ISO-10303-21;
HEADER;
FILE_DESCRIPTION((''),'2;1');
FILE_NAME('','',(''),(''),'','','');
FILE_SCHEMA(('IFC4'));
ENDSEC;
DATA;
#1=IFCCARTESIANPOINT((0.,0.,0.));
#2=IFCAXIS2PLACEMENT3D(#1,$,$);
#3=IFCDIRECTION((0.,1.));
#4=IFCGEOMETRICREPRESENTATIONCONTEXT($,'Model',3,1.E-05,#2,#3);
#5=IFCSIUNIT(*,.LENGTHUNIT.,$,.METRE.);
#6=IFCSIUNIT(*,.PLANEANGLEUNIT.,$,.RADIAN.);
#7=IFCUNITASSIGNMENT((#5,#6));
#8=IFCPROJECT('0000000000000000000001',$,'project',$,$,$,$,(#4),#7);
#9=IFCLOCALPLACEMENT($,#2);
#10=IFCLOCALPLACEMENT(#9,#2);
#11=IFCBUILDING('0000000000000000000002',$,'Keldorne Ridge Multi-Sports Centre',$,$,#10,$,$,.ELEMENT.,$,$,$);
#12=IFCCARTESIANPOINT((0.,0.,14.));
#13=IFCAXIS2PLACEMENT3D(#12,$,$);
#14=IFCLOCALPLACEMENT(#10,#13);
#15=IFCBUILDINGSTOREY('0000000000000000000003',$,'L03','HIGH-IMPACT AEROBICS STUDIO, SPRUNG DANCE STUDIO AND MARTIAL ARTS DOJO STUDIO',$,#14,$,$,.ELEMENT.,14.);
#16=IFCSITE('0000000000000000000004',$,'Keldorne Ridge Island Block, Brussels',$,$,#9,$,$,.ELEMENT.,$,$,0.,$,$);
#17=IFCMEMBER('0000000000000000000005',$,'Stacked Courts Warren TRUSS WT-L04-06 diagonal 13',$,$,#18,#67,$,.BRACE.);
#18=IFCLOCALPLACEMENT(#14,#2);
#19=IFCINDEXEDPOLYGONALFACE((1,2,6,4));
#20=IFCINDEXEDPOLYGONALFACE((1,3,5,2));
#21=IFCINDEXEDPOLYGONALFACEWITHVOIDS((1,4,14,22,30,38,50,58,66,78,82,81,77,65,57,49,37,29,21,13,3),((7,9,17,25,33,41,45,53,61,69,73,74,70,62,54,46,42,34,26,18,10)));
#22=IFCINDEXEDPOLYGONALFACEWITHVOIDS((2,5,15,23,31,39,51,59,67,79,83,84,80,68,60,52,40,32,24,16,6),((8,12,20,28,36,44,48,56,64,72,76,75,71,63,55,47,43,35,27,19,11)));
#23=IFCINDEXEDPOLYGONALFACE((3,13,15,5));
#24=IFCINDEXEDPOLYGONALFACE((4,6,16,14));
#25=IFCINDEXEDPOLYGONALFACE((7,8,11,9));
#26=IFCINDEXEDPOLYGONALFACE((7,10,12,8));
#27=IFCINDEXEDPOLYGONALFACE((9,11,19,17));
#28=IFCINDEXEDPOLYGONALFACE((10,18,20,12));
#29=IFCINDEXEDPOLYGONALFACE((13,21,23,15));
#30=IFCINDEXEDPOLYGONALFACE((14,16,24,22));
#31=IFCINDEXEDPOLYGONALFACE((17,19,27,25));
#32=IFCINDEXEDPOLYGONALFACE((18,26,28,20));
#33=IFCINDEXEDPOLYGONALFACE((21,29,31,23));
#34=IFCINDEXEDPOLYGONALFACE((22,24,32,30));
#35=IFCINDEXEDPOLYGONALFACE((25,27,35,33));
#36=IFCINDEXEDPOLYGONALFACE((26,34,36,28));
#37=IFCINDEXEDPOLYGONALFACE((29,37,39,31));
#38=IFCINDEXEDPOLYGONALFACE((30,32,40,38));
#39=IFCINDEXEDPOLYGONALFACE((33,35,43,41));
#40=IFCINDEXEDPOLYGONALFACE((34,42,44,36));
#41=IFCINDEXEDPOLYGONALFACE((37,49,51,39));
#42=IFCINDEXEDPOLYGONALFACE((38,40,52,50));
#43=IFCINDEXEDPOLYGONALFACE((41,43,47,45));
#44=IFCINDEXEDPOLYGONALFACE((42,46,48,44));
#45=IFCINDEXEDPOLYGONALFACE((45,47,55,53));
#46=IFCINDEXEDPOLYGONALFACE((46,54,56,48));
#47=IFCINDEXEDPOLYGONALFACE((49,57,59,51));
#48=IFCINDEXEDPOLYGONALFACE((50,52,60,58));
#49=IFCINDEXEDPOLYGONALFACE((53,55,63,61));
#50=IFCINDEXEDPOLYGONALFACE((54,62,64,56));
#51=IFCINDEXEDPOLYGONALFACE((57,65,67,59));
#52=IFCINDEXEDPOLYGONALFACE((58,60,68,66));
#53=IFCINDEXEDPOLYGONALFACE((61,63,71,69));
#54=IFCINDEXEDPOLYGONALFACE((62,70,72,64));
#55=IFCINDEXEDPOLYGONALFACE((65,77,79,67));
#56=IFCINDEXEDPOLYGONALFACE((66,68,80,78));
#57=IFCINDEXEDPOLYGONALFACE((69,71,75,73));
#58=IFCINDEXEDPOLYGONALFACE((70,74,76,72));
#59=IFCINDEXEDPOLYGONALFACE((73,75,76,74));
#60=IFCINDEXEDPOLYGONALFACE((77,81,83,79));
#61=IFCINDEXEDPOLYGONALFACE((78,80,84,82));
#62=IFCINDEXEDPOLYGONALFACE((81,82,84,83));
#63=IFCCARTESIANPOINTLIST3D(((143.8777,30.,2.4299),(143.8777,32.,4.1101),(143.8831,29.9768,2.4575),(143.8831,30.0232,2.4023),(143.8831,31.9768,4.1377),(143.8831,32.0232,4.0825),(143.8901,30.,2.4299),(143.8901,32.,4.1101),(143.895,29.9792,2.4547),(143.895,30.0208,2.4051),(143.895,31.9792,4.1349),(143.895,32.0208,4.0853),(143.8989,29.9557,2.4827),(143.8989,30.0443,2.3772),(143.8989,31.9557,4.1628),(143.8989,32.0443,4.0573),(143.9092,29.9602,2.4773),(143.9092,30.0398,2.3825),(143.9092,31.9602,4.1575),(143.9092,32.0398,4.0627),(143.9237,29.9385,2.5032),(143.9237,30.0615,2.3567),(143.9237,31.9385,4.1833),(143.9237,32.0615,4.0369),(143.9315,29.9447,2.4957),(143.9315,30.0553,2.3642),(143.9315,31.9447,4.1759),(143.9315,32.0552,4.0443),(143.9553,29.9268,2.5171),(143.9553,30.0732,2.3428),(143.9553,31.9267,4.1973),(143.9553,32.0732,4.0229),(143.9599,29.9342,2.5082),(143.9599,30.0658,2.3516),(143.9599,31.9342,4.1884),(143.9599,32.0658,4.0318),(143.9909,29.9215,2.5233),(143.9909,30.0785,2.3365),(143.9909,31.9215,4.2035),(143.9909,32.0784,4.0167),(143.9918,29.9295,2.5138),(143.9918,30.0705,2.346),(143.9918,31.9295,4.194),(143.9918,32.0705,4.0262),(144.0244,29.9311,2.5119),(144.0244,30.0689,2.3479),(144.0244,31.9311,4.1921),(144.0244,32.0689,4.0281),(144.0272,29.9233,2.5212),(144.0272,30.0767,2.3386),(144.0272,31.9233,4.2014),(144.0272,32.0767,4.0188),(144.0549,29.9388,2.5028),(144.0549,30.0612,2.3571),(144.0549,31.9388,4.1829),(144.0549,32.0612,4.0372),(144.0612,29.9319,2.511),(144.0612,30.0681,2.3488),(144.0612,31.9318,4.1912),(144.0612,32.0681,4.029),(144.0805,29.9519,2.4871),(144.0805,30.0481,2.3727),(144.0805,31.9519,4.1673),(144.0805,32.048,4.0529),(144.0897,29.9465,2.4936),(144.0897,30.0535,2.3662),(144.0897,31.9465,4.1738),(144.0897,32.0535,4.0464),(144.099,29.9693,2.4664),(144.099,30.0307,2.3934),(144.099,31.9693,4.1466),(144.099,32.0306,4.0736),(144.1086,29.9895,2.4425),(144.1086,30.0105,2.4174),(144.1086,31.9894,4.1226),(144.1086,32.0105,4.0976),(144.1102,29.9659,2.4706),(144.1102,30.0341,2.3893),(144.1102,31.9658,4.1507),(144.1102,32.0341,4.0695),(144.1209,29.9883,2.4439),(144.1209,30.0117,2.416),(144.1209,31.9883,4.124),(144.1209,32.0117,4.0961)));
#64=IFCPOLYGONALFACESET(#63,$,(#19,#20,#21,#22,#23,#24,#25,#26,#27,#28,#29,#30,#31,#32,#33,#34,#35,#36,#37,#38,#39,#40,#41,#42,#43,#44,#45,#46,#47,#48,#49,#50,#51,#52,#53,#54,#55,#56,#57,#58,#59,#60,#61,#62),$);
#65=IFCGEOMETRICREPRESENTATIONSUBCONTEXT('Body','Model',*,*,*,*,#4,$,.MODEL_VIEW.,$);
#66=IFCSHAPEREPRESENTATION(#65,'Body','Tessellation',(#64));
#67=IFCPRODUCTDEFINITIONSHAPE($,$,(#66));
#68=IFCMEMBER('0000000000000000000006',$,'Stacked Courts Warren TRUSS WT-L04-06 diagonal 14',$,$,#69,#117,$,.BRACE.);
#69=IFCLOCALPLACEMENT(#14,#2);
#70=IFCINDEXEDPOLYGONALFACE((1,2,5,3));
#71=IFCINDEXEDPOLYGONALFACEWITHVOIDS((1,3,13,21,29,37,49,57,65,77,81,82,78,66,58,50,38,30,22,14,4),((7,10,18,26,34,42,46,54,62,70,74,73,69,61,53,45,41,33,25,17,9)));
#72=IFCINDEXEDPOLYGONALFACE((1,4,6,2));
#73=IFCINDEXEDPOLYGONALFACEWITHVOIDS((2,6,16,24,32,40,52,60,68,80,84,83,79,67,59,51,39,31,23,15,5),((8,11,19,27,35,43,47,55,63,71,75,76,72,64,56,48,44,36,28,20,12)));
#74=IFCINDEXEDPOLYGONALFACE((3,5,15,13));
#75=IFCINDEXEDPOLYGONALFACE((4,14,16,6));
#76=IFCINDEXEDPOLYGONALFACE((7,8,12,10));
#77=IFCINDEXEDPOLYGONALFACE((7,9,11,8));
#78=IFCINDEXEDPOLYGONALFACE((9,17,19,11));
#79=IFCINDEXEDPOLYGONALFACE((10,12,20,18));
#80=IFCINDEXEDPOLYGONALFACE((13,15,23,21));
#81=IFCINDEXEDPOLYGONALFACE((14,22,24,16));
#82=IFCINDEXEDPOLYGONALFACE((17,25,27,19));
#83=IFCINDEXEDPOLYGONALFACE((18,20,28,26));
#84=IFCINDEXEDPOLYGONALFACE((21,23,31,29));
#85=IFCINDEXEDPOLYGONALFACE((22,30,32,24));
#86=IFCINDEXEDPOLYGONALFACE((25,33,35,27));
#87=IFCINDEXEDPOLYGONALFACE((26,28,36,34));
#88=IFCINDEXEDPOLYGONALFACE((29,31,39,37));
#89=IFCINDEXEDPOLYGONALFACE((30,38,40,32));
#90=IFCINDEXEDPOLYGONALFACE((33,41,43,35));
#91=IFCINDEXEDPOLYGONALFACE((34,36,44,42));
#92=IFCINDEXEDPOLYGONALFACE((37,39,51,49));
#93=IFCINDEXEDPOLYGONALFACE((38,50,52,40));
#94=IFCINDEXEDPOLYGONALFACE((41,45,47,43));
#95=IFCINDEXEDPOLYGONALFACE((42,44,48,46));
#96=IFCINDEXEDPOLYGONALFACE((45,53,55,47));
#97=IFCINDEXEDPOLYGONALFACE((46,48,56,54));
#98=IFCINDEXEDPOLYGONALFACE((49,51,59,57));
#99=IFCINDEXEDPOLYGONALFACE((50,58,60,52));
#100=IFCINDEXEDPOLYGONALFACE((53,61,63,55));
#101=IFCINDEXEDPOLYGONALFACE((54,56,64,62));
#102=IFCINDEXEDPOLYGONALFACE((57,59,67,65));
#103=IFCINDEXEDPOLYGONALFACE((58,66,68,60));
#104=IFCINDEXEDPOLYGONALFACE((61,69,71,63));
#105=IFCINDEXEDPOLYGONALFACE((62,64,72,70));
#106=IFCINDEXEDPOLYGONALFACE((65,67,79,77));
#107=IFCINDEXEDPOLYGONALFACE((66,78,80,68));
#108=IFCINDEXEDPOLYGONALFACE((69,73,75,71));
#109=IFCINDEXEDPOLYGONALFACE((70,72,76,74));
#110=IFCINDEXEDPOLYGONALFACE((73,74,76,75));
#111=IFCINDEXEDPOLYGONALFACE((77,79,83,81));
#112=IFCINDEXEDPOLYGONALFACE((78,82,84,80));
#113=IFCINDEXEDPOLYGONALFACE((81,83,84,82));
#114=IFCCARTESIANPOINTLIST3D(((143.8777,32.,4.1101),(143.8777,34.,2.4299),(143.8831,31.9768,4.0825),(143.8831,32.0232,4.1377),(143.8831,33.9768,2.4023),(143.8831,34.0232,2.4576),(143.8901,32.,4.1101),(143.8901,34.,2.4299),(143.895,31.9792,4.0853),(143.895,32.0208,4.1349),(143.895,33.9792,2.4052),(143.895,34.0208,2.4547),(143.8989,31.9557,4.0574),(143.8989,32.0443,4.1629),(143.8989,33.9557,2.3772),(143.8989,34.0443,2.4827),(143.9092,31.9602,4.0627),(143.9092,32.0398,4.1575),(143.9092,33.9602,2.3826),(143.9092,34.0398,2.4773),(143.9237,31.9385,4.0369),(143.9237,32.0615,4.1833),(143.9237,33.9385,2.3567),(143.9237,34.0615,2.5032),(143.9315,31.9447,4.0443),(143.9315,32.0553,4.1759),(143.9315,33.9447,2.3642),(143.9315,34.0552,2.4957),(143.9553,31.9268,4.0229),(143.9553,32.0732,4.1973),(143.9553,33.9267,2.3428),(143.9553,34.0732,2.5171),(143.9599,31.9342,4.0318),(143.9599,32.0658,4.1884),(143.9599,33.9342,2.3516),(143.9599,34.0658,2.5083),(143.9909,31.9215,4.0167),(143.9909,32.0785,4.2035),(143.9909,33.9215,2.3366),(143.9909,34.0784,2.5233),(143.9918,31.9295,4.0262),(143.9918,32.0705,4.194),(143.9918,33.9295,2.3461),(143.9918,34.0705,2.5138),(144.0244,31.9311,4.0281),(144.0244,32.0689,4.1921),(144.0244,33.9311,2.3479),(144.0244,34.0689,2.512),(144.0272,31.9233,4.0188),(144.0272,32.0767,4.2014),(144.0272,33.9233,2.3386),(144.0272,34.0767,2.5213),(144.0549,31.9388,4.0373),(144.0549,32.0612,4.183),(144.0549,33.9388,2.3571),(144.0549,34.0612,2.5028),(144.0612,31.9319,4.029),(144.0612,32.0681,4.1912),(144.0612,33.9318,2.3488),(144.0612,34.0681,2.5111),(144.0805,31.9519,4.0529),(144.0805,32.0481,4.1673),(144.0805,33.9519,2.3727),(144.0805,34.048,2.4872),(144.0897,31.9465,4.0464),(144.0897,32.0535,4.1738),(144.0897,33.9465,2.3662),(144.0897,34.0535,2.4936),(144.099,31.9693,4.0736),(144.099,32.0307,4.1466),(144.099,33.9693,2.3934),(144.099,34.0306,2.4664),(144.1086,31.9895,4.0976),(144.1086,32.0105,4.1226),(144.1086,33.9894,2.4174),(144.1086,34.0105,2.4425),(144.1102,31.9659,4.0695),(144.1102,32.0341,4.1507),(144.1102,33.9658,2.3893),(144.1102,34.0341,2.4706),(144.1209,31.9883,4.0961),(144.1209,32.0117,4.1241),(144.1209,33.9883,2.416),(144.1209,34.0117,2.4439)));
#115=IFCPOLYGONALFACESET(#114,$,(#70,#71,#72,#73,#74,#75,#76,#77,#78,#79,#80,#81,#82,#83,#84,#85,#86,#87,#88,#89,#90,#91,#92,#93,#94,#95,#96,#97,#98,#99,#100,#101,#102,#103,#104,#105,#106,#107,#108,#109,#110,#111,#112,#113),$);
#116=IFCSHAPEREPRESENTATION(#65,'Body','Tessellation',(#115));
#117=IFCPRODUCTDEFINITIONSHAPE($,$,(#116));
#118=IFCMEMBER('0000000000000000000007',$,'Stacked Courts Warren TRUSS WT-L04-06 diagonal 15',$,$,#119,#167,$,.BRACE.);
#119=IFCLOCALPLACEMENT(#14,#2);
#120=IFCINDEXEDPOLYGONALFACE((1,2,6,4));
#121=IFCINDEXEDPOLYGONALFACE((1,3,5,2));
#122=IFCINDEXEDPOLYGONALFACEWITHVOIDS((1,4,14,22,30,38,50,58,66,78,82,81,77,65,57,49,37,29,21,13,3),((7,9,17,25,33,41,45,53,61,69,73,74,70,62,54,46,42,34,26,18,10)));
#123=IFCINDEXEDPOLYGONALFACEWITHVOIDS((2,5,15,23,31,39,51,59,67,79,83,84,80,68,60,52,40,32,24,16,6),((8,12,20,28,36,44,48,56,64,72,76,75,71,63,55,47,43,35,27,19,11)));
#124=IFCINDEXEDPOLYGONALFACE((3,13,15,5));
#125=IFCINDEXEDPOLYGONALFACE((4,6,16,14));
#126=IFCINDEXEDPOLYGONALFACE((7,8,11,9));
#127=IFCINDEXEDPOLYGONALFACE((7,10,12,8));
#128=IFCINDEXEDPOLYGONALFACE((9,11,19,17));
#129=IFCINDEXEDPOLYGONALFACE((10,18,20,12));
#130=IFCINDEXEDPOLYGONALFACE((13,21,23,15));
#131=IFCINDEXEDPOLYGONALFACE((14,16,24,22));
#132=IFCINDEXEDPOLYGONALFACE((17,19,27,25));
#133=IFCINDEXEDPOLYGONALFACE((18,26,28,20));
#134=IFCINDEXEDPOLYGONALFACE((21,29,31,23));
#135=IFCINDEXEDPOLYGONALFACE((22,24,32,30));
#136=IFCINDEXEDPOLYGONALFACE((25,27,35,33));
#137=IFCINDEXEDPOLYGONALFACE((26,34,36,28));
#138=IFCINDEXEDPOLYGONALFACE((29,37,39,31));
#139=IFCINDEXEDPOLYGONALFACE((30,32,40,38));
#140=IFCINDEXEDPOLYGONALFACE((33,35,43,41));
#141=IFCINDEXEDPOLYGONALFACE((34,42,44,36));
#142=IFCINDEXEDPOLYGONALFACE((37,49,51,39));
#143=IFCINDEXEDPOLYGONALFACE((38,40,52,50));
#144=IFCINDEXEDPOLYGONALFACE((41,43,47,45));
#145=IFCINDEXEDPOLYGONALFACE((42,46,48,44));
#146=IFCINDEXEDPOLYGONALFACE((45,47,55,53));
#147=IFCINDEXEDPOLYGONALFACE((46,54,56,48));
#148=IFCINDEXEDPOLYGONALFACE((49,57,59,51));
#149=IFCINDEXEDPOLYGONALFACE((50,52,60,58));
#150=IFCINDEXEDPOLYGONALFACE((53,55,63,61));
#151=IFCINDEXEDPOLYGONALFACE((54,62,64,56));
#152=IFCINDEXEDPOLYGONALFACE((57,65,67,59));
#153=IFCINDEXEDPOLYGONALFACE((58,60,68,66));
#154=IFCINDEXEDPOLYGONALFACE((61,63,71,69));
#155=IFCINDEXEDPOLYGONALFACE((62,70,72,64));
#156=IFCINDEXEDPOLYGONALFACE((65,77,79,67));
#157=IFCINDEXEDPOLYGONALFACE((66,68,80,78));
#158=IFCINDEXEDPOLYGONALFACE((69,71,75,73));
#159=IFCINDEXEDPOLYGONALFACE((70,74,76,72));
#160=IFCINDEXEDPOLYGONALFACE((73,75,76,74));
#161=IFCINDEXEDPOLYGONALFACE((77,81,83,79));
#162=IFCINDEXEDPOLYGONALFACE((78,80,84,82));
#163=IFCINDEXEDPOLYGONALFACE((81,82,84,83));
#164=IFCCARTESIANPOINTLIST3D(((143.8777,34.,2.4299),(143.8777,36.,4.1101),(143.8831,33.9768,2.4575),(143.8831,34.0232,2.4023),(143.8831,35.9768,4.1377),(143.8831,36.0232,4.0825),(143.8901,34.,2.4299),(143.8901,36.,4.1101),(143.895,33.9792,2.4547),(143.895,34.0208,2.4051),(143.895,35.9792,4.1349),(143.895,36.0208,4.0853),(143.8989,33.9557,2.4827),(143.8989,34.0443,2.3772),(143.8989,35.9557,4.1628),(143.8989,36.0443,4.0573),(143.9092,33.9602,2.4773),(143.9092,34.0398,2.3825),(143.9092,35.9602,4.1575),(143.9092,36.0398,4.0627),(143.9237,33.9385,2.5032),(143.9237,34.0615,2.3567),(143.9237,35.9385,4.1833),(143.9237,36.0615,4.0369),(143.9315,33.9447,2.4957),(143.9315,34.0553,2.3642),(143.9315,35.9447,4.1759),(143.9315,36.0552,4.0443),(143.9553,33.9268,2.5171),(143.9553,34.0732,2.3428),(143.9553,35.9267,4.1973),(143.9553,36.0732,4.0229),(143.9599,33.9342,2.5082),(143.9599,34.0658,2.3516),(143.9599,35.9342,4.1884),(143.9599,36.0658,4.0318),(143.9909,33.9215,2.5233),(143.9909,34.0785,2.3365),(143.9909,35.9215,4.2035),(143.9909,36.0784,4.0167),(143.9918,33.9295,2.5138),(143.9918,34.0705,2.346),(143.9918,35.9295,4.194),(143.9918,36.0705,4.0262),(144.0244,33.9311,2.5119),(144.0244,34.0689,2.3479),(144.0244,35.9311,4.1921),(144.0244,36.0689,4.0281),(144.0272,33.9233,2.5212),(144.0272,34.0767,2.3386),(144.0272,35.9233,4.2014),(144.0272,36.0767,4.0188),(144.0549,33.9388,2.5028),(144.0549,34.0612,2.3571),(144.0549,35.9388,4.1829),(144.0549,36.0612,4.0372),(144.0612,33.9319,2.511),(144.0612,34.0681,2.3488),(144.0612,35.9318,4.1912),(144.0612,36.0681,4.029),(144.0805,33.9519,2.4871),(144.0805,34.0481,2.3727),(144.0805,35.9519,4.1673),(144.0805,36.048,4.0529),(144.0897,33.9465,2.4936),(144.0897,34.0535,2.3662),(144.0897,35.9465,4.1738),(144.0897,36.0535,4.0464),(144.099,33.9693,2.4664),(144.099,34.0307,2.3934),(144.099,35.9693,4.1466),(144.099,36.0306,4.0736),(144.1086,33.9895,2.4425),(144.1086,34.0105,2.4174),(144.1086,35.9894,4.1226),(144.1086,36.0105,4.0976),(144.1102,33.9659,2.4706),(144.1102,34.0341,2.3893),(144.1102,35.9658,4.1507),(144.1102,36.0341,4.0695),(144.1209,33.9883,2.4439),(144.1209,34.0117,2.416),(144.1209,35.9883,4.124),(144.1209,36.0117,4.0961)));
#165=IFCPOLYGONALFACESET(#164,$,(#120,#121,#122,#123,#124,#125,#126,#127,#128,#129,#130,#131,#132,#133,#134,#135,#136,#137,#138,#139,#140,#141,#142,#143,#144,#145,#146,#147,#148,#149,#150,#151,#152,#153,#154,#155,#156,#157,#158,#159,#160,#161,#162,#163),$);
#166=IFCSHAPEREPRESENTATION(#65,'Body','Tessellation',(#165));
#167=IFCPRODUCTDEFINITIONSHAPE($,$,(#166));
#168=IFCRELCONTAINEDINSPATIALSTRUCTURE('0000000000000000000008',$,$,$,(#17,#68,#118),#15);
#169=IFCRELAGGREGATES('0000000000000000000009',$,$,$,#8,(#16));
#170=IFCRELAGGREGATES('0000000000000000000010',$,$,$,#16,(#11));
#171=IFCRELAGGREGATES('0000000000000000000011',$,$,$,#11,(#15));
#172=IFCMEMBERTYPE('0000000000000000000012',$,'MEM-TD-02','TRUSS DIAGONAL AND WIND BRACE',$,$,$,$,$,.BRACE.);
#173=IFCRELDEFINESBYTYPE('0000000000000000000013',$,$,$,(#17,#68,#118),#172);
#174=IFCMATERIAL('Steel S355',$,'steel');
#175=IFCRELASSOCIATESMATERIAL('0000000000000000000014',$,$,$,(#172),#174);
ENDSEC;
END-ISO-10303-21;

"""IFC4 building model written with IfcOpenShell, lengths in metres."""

from ifc_helpers import new_model, si_unit, direction, frame, origin, origin_2d, place, context, subcontext, project, spatial, hollow_circle, extrude, material, material_profile, profile_set, type_object, element, save


model = new_model("IFC4")

# Units and contexts
model_context = context("Model", 3, precision=1e-05, world=origin(), true_north=direction((0.0, 1.0)))
body_context = subcontext(model_context, "Body", "Model", "MODEL_VIEW")
ifc_project = project(units=[si_unit("LENGTHUNIT", "METRE"), si_unit("PLANEANGLEUNIT", "RADIAN")], contexts=[model_context])

# Site, building, storey
site_placement = place(None, origin())
site = spatial("IfcSite", under=ifc_project, at=site_placement, Name="Keldorne Ridge Island Block, Brussels", CompositionType="ELEMENT", RefElevation=0.0)
building_placement = place(site_placement, origin())
building = spatial("IfcBuilding", under=site, at=building_placement, Name="Keldorne Ridge Multi-Sports Centre", CompositionType="ELEMENT")
storey_placement = place(building_placement, frame((0.0, 0.0, 14.0)))
storey = spatial("IfcBuildingStorey", under=building, at=storey_placement, Name="L03", Description="HIGH-IMPACT AEROBICS STUDIO, SPRUNG DANCE STUDIO AND MARTIAL ARTS DOJO STUDIO", CompositionType="ELEMENT", Elevation=14.0)

# Members
ifc_material = material(Name="Steel S355", Category="steel")
ifc_material_profile_1 = material_profile(ifc_material, hollow_circle(Radius=0.1223, WallThickness=0.0125, at=origin_2d()), Name="CHS 244.5x12.5")
ifc_profile_set_1 = profile_set([ifc_material_profile_1], Name="Steel S355")
member_type_1 = type_object("IfcMemberType", Name="MEM-TD-02", Description="TRUSS DIAGONAL AND WIND BRACE", PredefinedType="BRACE", material=ifc_profile_set_1)
for number, where, z_axis, x_axis, name in (
    (1, (144.0, 30.0, 2.4299), (0.0, 0.765672, 0.643232), (-1.0, 0.0, 0.0), "Stacked Courts Warren TRUSS WT-L04-06 diagonal 13"),
    (2, (144.0, 32.0, 4.1101), (0.0, 0.765672, -0.643232), (-1.0, 0.0, 0.0), "Stacked Courts Warren TRUSS WT-L04-06 diagonal 14"),
    (3, (144.0, 34.0, 2.4299), (0.0, 0.765672, 0.643232), (-1.0, 0.0, 0.0), "Stacked Courts Warren TRUSS WT-L04-06 diagonal 15"),
):
    element("IfcMember", number, at=place(storey_placement, frame(where, z_axis=z_axis, x_axis=x_axis)), inside=storey, type_object=member_type_1, Name=name, PredefinedType="BRACE", context=body_context, shape_type="SweptSolid", body=[
        extrude(hollow_circle(Radius=0.1223, WallThickness=0.0125, at=origin_2d()), origin(), (0.0, 0.0, 1.0), 2.6121),
    ])

save(model, "model.ifc")
